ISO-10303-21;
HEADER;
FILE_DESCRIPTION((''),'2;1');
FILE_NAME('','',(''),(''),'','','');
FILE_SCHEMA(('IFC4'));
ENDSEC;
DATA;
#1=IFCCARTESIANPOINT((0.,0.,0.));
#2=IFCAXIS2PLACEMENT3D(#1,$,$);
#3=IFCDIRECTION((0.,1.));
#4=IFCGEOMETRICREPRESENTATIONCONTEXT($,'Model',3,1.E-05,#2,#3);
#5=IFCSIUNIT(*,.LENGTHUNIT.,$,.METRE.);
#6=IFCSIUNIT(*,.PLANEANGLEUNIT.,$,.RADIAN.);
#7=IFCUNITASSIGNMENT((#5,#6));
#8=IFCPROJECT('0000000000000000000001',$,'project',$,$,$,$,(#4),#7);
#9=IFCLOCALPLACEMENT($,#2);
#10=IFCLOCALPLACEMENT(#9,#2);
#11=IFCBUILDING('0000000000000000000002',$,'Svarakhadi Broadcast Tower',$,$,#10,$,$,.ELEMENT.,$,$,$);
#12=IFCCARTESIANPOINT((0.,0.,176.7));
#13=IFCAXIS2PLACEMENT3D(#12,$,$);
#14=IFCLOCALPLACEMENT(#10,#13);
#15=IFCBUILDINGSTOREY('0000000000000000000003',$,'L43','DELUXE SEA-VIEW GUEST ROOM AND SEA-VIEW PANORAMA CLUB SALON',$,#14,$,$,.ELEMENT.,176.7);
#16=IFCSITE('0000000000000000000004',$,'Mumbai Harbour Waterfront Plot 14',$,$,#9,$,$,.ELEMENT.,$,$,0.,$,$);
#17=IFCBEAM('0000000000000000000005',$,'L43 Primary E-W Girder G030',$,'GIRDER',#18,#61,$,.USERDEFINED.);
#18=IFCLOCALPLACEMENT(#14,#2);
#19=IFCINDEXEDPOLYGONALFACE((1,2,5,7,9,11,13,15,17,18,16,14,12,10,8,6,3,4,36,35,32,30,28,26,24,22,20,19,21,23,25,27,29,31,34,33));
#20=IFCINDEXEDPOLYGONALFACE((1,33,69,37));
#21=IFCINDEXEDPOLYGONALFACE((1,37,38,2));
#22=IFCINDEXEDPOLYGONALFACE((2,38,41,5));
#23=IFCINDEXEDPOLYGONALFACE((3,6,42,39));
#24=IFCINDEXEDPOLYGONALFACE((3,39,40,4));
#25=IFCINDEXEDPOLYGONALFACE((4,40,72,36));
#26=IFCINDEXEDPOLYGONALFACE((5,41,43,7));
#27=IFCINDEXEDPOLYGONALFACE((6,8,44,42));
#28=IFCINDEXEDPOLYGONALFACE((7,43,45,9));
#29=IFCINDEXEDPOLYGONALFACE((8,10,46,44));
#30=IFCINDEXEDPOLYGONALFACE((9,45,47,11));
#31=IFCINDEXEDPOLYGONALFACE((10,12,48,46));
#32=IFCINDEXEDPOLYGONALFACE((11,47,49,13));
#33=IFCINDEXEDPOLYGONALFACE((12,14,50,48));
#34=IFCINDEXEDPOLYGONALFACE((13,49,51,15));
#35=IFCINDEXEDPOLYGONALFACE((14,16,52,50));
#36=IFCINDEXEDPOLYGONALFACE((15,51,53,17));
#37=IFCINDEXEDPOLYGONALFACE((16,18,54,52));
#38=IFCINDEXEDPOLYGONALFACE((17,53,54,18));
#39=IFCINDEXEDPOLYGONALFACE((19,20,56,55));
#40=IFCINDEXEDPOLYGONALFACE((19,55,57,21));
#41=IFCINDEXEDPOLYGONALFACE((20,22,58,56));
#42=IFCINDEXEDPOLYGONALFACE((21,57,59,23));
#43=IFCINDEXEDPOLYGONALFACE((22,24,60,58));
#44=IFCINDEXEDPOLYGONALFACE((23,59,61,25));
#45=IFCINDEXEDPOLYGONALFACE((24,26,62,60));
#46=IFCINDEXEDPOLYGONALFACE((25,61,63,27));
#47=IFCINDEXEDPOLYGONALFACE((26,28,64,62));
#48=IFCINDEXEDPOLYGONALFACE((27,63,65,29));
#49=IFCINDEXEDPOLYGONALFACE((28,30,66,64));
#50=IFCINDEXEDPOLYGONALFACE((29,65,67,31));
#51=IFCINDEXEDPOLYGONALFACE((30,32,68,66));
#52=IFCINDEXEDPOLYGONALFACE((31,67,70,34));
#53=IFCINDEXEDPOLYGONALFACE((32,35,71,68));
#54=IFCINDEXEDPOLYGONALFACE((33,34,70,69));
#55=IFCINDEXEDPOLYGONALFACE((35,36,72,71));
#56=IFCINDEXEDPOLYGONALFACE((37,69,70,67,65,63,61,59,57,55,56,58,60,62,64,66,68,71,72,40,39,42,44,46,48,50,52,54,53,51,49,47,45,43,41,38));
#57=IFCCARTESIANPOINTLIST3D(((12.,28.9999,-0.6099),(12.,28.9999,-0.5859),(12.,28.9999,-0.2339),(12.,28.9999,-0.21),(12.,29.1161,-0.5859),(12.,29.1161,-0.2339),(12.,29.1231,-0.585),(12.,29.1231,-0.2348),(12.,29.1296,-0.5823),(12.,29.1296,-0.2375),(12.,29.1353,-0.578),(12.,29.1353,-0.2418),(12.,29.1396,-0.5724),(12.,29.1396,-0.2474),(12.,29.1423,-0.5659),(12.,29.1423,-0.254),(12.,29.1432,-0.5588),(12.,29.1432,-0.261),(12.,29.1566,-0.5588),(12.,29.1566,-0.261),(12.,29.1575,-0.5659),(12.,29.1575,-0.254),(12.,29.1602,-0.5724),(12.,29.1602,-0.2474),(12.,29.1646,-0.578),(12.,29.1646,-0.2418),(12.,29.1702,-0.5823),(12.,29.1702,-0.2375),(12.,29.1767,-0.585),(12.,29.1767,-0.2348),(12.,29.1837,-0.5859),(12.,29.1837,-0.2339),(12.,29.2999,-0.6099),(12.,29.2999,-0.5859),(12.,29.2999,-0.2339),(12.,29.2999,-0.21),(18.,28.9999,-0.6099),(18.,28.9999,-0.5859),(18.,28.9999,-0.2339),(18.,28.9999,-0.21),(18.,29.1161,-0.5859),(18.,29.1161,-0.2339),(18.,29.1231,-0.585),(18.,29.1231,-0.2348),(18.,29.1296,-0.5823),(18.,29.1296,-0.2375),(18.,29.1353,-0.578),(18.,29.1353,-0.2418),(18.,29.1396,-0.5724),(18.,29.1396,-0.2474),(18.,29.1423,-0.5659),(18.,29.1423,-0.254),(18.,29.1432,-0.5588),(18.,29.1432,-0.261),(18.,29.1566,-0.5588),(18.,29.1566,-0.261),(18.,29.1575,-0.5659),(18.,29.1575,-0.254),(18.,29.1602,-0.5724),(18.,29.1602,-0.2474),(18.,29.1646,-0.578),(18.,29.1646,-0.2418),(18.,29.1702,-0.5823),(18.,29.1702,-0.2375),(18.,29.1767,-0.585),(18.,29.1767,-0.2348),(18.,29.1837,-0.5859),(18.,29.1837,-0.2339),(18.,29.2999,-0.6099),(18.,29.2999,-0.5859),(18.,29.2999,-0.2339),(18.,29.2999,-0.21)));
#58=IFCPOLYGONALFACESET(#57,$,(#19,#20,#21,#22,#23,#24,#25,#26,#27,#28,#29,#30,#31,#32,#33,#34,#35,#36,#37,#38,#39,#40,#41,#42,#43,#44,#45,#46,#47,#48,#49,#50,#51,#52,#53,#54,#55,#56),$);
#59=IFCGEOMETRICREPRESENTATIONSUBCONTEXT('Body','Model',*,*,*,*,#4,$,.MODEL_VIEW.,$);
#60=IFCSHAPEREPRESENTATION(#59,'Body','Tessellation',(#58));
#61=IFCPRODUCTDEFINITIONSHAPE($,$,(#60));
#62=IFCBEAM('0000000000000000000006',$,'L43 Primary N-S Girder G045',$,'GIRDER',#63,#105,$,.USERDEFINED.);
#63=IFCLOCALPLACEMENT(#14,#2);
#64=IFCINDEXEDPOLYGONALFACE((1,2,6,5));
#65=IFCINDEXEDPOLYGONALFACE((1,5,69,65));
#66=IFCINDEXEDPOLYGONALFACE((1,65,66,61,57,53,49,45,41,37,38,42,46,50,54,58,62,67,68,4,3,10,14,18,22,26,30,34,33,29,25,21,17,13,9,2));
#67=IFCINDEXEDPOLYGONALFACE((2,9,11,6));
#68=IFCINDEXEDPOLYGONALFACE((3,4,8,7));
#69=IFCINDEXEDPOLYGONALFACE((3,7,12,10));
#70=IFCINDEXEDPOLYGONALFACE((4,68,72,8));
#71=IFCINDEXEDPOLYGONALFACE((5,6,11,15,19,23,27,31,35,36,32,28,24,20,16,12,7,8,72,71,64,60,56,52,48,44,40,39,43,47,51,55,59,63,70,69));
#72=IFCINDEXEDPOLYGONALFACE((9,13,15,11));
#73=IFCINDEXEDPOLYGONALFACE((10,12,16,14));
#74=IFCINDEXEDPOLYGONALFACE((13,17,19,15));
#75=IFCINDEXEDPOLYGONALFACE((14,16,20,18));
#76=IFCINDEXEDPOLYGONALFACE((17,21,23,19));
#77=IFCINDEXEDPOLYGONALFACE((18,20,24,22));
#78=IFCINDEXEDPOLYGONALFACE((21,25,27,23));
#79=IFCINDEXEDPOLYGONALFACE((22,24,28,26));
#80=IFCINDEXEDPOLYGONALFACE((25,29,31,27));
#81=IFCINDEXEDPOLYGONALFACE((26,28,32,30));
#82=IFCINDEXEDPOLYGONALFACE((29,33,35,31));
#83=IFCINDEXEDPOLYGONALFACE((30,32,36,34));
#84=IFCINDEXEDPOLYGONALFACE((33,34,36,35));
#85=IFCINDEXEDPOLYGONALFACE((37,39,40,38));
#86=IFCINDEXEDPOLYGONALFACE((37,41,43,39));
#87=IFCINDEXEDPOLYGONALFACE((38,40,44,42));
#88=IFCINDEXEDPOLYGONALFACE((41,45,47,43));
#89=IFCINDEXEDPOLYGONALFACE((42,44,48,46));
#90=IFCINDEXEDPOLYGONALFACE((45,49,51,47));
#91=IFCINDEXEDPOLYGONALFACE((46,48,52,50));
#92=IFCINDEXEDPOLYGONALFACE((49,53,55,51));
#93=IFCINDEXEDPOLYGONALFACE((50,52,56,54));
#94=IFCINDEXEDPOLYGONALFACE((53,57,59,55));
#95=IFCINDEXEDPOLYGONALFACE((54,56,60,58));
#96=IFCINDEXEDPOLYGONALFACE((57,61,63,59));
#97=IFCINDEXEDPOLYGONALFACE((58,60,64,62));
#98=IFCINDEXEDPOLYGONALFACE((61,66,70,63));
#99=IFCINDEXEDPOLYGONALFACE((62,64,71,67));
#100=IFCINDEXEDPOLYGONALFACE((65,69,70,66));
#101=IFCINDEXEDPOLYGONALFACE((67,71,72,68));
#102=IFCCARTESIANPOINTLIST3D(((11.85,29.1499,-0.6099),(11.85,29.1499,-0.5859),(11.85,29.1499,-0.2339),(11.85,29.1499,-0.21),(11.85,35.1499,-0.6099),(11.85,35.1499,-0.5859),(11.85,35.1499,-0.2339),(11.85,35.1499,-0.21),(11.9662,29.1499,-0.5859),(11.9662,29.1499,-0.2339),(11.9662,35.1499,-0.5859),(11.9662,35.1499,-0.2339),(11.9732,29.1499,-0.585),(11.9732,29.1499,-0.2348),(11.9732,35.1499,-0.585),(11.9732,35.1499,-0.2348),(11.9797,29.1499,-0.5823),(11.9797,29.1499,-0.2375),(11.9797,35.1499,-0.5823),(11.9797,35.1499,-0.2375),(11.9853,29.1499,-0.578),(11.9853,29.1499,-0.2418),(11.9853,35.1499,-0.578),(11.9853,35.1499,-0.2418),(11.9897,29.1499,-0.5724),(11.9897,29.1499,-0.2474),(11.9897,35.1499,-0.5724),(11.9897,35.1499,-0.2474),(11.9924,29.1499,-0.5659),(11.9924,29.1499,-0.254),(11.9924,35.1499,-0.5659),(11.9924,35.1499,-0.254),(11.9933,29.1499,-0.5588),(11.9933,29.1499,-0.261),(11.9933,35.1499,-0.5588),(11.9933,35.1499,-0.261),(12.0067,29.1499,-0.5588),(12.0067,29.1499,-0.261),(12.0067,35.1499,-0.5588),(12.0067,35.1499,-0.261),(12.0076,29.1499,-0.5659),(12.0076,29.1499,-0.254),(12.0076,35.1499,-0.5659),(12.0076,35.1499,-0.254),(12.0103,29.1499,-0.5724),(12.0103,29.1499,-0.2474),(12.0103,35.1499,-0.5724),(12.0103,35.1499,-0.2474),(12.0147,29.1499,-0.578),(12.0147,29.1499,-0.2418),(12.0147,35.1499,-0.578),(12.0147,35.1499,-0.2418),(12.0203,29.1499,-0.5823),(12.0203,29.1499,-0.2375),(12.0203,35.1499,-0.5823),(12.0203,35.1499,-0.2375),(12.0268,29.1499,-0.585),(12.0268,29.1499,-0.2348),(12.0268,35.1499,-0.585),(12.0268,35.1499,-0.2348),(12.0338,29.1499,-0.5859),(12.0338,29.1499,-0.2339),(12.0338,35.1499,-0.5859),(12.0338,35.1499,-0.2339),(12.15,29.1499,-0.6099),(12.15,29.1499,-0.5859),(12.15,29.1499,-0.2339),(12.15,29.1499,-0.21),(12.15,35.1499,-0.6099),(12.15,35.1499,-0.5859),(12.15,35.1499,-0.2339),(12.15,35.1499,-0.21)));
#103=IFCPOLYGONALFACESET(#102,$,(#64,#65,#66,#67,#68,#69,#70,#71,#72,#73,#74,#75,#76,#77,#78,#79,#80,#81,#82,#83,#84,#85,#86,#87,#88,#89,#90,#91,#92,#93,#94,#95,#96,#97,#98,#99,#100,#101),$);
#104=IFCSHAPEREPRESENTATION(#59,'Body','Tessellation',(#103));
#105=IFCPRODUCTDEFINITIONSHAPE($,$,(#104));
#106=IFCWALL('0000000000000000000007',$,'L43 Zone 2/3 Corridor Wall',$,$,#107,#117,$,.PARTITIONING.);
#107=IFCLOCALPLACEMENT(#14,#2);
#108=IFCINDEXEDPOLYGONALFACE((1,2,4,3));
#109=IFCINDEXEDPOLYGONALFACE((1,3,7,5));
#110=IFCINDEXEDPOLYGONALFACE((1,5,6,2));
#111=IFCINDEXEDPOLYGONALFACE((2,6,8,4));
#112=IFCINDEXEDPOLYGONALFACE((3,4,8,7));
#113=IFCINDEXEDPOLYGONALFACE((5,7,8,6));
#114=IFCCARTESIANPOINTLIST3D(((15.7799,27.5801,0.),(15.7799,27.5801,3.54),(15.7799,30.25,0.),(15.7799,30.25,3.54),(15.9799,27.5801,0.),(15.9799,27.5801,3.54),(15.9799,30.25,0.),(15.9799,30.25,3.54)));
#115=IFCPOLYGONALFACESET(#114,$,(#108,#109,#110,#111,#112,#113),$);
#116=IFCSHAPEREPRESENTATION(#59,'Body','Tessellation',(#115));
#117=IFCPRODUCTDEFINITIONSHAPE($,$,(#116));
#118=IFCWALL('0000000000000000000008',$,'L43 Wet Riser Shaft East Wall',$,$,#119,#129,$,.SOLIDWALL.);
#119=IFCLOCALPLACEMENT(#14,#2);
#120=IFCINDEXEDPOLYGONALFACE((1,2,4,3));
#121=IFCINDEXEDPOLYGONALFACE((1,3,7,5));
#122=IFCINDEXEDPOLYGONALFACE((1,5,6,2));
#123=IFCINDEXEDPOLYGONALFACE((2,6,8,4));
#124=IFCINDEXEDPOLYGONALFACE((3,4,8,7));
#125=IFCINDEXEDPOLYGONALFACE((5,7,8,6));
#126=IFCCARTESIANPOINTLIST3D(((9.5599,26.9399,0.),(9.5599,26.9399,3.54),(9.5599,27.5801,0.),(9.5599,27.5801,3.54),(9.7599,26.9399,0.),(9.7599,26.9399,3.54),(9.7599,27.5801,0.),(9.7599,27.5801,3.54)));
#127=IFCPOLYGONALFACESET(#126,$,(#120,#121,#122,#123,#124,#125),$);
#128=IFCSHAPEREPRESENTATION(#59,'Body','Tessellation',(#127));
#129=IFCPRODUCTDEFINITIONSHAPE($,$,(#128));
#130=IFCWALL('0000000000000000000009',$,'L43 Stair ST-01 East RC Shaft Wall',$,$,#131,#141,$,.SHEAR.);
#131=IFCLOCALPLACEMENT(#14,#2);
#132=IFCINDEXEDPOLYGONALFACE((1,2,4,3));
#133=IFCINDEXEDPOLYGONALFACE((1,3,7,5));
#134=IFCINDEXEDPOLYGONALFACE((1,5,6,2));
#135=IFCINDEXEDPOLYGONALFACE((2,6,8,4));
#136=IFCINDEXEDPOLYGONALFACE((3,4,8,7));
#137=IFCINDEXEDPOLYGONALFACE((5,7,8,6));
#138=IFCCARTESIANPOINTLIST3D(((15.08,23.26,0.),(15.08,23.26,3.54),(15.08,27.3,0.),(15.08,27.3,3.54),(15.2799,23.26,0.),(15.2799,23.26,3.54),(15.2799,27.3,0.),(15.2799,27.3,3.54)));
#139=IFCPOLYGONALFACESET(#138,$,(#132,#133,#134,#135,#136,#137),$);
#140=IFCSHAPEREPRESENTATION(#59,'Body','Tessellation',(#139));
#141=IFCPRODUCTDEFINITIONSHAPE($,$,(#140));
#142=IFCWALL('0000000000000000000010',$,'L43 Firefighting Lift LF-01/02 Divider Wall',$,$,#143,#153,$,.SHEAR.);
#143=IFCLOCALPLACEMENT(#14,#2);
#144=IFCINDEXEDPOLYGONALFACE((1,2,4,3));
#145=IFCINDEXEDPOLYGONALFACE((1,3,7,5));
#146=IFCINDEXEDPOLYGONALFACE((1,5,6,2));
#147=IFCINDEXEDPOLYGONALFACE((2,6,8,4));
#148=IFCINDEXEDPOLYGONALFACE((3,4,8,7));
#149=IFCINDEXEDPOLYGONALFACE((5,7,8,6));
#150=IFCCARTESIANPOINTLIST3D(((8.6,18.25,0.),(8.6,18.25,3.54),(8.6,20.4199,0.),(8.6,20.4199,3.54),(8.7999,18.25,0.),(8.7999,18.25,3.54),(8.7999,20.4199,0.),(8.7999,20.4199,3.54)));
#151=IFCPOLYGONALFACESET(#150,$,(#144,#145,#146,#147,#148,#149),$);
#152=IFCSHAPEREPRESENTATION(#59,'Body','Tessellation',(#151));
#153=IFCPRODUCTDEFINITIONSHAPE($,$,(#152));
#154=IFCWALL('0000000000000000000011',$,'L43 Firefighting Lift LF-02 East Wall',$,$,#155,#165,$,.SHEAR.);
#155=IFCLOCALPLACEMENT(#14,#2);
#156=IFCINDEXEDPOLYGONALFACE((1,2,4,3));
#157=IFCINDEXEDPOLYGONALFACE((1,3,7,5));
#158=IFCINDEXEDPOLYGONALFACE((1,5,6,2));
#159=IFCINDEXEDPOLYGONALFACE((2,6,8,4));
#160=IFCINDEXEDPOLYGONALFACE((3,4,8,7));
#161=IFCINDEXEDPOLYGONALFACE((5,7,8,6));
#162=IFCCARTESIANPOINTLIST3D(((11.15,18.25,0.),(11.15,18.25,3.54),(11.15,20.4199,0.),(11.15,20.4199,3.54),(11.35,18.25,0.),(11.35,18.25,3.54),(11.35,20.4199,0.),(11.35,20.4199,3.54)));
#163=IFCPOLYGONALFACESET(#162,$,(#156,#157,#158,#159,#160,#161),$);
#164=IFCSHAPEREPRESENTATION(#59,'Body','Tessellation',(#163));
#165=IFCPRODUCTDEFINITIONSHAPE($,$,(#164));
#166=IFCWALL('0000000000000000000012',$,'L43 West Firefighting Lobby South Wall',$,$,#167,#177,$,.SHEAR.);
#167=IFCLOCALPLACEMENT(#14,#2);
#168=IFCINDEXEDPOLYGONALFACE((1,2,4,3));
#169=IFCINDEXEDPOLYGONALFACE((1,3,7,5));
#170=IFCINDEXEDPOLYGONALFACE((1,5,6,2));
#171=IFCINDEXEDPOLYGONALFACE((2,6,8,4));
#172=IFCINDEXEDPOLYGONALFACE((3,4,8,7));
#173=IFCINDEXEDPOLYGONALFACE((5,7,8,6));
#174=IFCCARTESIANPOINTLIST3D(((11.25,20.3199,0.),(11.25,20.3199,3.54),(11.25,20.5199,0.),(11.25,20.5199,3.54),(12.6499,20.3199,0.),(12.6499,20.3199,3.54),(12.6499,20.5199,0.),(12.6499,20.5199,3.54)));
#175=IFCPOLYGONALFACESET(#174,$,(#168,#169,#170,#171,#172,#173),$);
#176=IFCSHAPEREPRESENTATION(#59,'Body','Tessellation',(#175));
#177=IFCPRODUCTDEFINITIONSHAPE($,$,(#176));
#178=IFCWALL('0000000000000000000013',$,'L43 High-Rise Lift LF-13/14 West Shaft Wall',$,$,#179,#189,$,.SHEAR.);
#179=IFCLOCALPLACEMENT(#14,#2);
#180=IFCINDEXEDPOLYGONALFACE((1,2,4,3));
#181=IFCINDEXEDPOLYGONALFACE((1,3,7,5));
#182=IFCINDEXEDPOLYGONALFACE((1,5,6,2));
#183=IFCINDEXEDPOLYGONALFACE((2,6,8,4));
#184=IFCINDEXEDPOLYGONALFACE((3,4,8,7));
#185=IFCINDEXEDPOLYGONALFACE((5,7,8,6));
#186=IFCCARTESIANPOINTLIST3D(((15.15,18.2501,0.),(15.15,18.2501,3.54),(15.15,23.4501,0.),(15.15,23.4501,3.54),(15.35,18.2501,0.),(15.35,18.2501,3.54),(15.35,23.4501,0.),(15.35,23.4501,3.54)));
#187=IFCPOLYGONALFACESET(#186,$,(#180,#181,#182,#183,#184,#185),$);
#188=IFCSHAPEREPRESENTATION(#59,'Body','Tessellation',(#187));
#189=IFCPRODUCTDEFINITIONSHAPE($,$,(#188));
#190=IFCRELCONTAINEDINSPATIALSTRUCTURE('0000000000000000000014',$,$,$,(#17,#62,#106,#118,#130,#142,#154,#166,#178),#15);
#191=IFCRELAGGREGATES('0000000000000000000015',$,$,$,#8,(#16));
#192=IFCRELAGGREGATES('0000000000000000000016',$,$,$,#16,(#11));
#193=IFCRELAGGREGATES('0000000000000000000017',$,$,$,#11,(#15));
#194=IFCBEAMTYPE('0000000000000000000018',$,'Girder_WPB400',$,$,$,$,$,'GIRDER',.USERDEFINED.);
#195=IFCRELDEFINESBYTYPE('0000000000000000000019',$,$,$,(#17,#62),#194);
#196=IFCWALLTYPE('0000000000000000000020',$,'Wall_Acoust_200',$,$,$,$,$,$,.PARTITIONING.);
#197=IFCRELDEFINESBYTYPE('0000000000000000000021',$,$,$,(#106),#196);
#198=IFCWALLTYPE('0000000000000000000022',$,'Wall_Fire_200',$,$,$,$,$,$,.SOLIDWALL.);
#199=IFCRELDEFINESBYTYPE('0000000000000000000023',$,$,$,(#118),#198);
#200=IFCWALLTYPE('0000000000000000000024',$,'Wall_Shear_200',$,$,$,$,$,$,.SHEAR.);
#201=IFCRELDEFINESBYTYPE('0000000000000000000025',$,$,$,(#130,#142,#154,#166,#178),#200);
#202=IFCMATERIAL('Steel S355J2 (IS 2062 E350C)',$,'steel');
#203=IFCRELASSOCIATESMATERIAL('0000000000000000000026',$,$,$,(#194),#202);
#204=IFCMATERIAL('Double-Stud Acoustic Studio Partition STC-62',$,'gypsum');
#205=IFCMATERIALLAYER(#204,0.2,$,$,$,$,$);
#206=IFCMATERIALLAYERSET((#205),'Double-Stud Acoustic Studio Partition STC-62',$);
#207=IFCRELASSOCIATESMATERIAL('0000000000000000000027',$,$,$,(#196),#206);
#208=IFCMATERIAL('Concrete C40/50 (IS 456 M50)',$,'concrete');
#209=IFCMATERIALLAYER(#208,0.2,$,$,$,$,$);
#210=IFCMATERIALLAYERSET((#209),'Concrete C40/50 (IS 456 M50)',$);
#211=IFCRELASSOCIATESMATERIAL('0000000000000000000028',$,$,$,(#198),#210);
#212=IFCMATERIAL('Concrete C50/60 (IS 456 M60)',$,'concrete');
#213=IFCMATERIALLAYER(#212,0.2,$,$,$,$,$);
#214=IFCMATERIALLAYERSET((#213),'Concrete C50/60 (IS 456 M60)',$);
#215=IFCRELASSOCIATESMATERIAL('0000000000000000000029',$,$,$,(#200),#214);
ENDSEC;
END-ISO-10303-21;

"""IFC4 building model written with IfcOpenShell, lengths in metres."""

from ifc_helpers import new_model, si_unit, direction, frame, frame_2d, origin, origin_2d, place, context, subcontext, project, spatial, rectangle, i_section, extrude, material, layer, layer_set, material_profile, profile_set, type_object, element, save


model = new_model("IFC4")

# Units and contexts
model_context = context("Model", 3, precision=1e-05, world=origin(), true_north=direction((0.0, 1.0)))
body_context = subcontext(model_context, "Body", "Model", "MODEL_VIEW")
ifc_project = project(units=[si_unit("LENGTHUNIT", "METRE"), si_unit("PLANEANGLEUNIT", "RADIAN")], contexts=[model_context])

# Site, building, storey
site_placement = place(None, origin())
site = spatial("IfcSite", under=ifc_project, at=site_placement, Name="Mumbai Harbour Waterfront Plot 14", CompositionType="ELEMENT", RefElevation=0.0)
building_placement = place(site_placement, origin())
building = spatial("IfcBuilding", under=site, at=building_placement, Name="Svarakhadi Broadcast Tower", CompositionType="ELEMENT")
storey_placement = place(building_placement, frame((0.0, 0.0, 176.7)))
storey = spatial("IfcBuildingStorey", under=building, at=storey_placement, Name="L43", Description="DELUXE SEA-VIEW GUEST ROOM AND SEA-VIEW PANORAMA CLUB SALON", CompositionType="ELEMENT", Elevation=176.7)

# Shared definitions
ifc_material_1 = material(Name="Concrete C50/60 (IS 456 M60)", Category="concrete")

# Beams
ifc_material_2 = material(Name="Steel S355J2 (IS 2062 E350C)", Category="steel")
ifc_material_profile_1 = material_profile(ifc_material_2, i_section(OverallWidth=0.3, OverallDepth=0.3999, WebThickness=0.0134, FlangeThickness=0.0239, FilletRadius=0.0271, at=origin_2d()), Name="WPB 400x300x155")
ifc_profile_set_1 = profile_set([ifc_material_profile_1], Name="Steel S355J2 (IS 2062 E350C)")
beam_type = type_object("IfcBeamType", Name="Girder_WPB400", ElementType="GIRDER", PredefinedType="USERDEFINED", material=ifc_profile_set_1)
for number, where, z_axis, x_axis, name in (
    (1, (12.0, 29.1499, -0.4099), (1.0, 0.0, 0.0), (0.0, 1.0, 0.0), "L43 Primary E-W Girder G030"),
    (2, (12.0, 29.1499, -0.4099), (0.0, 1.0, 0.0), (-1.0, 0.0, 0.0), "L43 Primary N-S Girder G045"),
):
    element("IfcBeam", number, at=place(storey_placement, frame(where, z_axis=z_axis, x_axis=x_axis)), inside=storey, type_object=beam_type, Name=name, ObjectType="GIRDER", PredefinedType="USERDEFINED", context=body_context, shape_type="SweptSolid", body=[
        extrude(i_section(OverallWidth=0.3, OverallDepth=0.3999, WebThickness=0.0134, FlangeThickness=0.0239, FilletRadius=0.0271, at=origin_2d()), origin(), (0.0, 0.0, 1.0), 6.0),
    ])

# Walls
ifc_material_3 = material(Name="Double-Stud Acoustic Studio Partition STC-62", Category="gypsum")
ifc_layer_1 = layer(ifc_material_3, 0.2)
ifc_layer_set_1 = layer_set([ifc_layer_1], Name="Double-Stud Acoustic Studio Partition STC-62")
wall_type_1 = type_object("IfcWallType", Name="Wall_Acoust_200", PredefinedType="PARTITIONING", material=ifc_layer_set_1)
wall_1_placement = place(storey_placement, frame((15.8799, 27.5801, 0.0), z_axis=(0.0, 0.0, 1.0), x_axis=(0.0, 1.0, 0.0)))
element("IfcWall", 3, at=wall_1_placement, inside=storey, type_object=wall_type_1, Name="L43 Zone 2/3 Corridor Wall", PredefinedType="PARTITIONING", context=body_context, shape_type="SweptSolid", body=[
    extrude(rectangle(XDim=2.6699, YDim=0.2, at=frame_2d((1.335, 0.0))), origin(), (0.0, 0.0, 1.0), 3.54),
])
ifc_material_4 = material(Name="Concrete C40/50 (IS 456 M50)", Category="concrete")
ifc_layer_2 = layer(ifc_material_4, 0.2)
ifc_layer_set_2 = layer_set([ifc_layer_2], Name="Concrete C40/50 (IS 456 M50)")
wall_type_2 = type_object("IfcWallType", Name="Wall_Fire_200", PredefinedType="SOLIDWALL", material=ifc_layer_set_2)
wall_2_placement = place(storey_placement, frame((9.6599, 26.9399, 0.0), z_axis=(0.0, 0.0, 1.0), x_axis=(0.0, 1.0, 0.0)))
element("IfcWall", 4, at=wall_2_placement, inside=storey, type_object=wall_type_2, Name="L43 Wet Riser Shaft East Wall", PredefinedType="SOLIDWALL", context=body_context, shape_type="SweptSolid", body=[
    extrude(rectangle(XDim=0.6401, YDim=0.2, at=frame_2d((0.3201, 0.0))), origin(), (0.0, 0.0, 1.0), 3.54),
])

# Walls
ifc_layer_3 = layer(ifc_material_1, 0.2)
ifc_layer_set_3 = layer_set([ifc_layer_3], Name="Concrete C50/60 (IS 456 M60)")
wall_type_3 = type_object("IfcWallType", Name="Wall_Shear_200", PredefinedType="SHEAR", material=ifc_layer_set_3)
wall_3_placement = place(storey_placement, frame((15.1799, 23.26, 0.0), z_axis=(0.0, 0.0, 1.0), x_axis=(0.0, 1.0, 0.0)))
element("IfcWall", 5, at=wall_3_placement, inside=storey, type_object=wall_type_3, Name="L43 Stair ST-01 East RC Shaft Wall", PredefinedType="SHEAR", context=body_context, shape_type="SweptSolid", body=[
    extrude(rectangle(XDim=4.04, YDim=0.2, at=frame_2d((2.02, 0.0))), origin(), (0.0, 0.0, 1.0), 3.54),
])
for number, where, z_axis, x_axis, name in (
    (6, (8.7, 18.25, 0.0), (0.0, 0.0, 1.0), (0.0, 1.0, 0.0), "L43 Firefighting Lift LF-01/02 Divider Wall"),
    (7, (11.25, 18.25, 0.0), (0.0, 0.0, 1.0), (0.0, 1.0, 0.0), "L43 Firefighting Lift LF-02 East Wall"),
):
    element("IfcWall", number, at=place(storey_placement, frame(where, z_axis=z_axis, x_axis=x_axis)), inside=storey, type_object=wall_type_3, Name=name, PredefinedType="SHEAR", context=body_context, shape_type="SweptSolid", body=[
        extrude(rectangle(XDim=2.1699, YDim=0.2, at=frame_2d((1.085, 0.0))), origin(), (0.0, 0.0, 1.0), 3.54),
    ])
wall_4_placement = place(storey_placement, frame((11.25, 20.4199, 0.0), z_axis=(0.0, 0.0, 1.0), x_axis=(1.0, 0.0, 0.0)))
element("IfcWall", 8, at=wall_4_placement, inside=storey, type_object=wall_type_3, Name="L43 West Firefighting Lobby South Wall", PredefinedType="SHEAR", context=body_context, shape_type="SweptSolid", body=[
    extrude(rectangle(XDim=1.3999, YDim=0.2, at=frame_2d((0.7, 0.0))), origin(), (0.0, 0.0, 1.0), 3.54),
])

# Wall
wall_5_placement = place(storey_placement, frame((15.25, 18.25, 0.0), z_axis=(0.0, 0.0, 1.0), x_axis=(0.0, 1.0, 0.0)))
element("IfcWall", 9, at=wall_5_placement, inside=storey, type_object=wall_type_3, Name="L43 High-Rise Lift LF-13/14 West Shaft Wall", PredefinedType="SHEAR", context=body_context, shape_type="SweptSolid", body=[
    extrude(rectangle(XDim=5.2, YDim=0.2, at=frame_2d((2.6001, 0.0))), origin(), (0.0, 0.0, 1.0), 3.54),
])

save(model, "model.ifc")
